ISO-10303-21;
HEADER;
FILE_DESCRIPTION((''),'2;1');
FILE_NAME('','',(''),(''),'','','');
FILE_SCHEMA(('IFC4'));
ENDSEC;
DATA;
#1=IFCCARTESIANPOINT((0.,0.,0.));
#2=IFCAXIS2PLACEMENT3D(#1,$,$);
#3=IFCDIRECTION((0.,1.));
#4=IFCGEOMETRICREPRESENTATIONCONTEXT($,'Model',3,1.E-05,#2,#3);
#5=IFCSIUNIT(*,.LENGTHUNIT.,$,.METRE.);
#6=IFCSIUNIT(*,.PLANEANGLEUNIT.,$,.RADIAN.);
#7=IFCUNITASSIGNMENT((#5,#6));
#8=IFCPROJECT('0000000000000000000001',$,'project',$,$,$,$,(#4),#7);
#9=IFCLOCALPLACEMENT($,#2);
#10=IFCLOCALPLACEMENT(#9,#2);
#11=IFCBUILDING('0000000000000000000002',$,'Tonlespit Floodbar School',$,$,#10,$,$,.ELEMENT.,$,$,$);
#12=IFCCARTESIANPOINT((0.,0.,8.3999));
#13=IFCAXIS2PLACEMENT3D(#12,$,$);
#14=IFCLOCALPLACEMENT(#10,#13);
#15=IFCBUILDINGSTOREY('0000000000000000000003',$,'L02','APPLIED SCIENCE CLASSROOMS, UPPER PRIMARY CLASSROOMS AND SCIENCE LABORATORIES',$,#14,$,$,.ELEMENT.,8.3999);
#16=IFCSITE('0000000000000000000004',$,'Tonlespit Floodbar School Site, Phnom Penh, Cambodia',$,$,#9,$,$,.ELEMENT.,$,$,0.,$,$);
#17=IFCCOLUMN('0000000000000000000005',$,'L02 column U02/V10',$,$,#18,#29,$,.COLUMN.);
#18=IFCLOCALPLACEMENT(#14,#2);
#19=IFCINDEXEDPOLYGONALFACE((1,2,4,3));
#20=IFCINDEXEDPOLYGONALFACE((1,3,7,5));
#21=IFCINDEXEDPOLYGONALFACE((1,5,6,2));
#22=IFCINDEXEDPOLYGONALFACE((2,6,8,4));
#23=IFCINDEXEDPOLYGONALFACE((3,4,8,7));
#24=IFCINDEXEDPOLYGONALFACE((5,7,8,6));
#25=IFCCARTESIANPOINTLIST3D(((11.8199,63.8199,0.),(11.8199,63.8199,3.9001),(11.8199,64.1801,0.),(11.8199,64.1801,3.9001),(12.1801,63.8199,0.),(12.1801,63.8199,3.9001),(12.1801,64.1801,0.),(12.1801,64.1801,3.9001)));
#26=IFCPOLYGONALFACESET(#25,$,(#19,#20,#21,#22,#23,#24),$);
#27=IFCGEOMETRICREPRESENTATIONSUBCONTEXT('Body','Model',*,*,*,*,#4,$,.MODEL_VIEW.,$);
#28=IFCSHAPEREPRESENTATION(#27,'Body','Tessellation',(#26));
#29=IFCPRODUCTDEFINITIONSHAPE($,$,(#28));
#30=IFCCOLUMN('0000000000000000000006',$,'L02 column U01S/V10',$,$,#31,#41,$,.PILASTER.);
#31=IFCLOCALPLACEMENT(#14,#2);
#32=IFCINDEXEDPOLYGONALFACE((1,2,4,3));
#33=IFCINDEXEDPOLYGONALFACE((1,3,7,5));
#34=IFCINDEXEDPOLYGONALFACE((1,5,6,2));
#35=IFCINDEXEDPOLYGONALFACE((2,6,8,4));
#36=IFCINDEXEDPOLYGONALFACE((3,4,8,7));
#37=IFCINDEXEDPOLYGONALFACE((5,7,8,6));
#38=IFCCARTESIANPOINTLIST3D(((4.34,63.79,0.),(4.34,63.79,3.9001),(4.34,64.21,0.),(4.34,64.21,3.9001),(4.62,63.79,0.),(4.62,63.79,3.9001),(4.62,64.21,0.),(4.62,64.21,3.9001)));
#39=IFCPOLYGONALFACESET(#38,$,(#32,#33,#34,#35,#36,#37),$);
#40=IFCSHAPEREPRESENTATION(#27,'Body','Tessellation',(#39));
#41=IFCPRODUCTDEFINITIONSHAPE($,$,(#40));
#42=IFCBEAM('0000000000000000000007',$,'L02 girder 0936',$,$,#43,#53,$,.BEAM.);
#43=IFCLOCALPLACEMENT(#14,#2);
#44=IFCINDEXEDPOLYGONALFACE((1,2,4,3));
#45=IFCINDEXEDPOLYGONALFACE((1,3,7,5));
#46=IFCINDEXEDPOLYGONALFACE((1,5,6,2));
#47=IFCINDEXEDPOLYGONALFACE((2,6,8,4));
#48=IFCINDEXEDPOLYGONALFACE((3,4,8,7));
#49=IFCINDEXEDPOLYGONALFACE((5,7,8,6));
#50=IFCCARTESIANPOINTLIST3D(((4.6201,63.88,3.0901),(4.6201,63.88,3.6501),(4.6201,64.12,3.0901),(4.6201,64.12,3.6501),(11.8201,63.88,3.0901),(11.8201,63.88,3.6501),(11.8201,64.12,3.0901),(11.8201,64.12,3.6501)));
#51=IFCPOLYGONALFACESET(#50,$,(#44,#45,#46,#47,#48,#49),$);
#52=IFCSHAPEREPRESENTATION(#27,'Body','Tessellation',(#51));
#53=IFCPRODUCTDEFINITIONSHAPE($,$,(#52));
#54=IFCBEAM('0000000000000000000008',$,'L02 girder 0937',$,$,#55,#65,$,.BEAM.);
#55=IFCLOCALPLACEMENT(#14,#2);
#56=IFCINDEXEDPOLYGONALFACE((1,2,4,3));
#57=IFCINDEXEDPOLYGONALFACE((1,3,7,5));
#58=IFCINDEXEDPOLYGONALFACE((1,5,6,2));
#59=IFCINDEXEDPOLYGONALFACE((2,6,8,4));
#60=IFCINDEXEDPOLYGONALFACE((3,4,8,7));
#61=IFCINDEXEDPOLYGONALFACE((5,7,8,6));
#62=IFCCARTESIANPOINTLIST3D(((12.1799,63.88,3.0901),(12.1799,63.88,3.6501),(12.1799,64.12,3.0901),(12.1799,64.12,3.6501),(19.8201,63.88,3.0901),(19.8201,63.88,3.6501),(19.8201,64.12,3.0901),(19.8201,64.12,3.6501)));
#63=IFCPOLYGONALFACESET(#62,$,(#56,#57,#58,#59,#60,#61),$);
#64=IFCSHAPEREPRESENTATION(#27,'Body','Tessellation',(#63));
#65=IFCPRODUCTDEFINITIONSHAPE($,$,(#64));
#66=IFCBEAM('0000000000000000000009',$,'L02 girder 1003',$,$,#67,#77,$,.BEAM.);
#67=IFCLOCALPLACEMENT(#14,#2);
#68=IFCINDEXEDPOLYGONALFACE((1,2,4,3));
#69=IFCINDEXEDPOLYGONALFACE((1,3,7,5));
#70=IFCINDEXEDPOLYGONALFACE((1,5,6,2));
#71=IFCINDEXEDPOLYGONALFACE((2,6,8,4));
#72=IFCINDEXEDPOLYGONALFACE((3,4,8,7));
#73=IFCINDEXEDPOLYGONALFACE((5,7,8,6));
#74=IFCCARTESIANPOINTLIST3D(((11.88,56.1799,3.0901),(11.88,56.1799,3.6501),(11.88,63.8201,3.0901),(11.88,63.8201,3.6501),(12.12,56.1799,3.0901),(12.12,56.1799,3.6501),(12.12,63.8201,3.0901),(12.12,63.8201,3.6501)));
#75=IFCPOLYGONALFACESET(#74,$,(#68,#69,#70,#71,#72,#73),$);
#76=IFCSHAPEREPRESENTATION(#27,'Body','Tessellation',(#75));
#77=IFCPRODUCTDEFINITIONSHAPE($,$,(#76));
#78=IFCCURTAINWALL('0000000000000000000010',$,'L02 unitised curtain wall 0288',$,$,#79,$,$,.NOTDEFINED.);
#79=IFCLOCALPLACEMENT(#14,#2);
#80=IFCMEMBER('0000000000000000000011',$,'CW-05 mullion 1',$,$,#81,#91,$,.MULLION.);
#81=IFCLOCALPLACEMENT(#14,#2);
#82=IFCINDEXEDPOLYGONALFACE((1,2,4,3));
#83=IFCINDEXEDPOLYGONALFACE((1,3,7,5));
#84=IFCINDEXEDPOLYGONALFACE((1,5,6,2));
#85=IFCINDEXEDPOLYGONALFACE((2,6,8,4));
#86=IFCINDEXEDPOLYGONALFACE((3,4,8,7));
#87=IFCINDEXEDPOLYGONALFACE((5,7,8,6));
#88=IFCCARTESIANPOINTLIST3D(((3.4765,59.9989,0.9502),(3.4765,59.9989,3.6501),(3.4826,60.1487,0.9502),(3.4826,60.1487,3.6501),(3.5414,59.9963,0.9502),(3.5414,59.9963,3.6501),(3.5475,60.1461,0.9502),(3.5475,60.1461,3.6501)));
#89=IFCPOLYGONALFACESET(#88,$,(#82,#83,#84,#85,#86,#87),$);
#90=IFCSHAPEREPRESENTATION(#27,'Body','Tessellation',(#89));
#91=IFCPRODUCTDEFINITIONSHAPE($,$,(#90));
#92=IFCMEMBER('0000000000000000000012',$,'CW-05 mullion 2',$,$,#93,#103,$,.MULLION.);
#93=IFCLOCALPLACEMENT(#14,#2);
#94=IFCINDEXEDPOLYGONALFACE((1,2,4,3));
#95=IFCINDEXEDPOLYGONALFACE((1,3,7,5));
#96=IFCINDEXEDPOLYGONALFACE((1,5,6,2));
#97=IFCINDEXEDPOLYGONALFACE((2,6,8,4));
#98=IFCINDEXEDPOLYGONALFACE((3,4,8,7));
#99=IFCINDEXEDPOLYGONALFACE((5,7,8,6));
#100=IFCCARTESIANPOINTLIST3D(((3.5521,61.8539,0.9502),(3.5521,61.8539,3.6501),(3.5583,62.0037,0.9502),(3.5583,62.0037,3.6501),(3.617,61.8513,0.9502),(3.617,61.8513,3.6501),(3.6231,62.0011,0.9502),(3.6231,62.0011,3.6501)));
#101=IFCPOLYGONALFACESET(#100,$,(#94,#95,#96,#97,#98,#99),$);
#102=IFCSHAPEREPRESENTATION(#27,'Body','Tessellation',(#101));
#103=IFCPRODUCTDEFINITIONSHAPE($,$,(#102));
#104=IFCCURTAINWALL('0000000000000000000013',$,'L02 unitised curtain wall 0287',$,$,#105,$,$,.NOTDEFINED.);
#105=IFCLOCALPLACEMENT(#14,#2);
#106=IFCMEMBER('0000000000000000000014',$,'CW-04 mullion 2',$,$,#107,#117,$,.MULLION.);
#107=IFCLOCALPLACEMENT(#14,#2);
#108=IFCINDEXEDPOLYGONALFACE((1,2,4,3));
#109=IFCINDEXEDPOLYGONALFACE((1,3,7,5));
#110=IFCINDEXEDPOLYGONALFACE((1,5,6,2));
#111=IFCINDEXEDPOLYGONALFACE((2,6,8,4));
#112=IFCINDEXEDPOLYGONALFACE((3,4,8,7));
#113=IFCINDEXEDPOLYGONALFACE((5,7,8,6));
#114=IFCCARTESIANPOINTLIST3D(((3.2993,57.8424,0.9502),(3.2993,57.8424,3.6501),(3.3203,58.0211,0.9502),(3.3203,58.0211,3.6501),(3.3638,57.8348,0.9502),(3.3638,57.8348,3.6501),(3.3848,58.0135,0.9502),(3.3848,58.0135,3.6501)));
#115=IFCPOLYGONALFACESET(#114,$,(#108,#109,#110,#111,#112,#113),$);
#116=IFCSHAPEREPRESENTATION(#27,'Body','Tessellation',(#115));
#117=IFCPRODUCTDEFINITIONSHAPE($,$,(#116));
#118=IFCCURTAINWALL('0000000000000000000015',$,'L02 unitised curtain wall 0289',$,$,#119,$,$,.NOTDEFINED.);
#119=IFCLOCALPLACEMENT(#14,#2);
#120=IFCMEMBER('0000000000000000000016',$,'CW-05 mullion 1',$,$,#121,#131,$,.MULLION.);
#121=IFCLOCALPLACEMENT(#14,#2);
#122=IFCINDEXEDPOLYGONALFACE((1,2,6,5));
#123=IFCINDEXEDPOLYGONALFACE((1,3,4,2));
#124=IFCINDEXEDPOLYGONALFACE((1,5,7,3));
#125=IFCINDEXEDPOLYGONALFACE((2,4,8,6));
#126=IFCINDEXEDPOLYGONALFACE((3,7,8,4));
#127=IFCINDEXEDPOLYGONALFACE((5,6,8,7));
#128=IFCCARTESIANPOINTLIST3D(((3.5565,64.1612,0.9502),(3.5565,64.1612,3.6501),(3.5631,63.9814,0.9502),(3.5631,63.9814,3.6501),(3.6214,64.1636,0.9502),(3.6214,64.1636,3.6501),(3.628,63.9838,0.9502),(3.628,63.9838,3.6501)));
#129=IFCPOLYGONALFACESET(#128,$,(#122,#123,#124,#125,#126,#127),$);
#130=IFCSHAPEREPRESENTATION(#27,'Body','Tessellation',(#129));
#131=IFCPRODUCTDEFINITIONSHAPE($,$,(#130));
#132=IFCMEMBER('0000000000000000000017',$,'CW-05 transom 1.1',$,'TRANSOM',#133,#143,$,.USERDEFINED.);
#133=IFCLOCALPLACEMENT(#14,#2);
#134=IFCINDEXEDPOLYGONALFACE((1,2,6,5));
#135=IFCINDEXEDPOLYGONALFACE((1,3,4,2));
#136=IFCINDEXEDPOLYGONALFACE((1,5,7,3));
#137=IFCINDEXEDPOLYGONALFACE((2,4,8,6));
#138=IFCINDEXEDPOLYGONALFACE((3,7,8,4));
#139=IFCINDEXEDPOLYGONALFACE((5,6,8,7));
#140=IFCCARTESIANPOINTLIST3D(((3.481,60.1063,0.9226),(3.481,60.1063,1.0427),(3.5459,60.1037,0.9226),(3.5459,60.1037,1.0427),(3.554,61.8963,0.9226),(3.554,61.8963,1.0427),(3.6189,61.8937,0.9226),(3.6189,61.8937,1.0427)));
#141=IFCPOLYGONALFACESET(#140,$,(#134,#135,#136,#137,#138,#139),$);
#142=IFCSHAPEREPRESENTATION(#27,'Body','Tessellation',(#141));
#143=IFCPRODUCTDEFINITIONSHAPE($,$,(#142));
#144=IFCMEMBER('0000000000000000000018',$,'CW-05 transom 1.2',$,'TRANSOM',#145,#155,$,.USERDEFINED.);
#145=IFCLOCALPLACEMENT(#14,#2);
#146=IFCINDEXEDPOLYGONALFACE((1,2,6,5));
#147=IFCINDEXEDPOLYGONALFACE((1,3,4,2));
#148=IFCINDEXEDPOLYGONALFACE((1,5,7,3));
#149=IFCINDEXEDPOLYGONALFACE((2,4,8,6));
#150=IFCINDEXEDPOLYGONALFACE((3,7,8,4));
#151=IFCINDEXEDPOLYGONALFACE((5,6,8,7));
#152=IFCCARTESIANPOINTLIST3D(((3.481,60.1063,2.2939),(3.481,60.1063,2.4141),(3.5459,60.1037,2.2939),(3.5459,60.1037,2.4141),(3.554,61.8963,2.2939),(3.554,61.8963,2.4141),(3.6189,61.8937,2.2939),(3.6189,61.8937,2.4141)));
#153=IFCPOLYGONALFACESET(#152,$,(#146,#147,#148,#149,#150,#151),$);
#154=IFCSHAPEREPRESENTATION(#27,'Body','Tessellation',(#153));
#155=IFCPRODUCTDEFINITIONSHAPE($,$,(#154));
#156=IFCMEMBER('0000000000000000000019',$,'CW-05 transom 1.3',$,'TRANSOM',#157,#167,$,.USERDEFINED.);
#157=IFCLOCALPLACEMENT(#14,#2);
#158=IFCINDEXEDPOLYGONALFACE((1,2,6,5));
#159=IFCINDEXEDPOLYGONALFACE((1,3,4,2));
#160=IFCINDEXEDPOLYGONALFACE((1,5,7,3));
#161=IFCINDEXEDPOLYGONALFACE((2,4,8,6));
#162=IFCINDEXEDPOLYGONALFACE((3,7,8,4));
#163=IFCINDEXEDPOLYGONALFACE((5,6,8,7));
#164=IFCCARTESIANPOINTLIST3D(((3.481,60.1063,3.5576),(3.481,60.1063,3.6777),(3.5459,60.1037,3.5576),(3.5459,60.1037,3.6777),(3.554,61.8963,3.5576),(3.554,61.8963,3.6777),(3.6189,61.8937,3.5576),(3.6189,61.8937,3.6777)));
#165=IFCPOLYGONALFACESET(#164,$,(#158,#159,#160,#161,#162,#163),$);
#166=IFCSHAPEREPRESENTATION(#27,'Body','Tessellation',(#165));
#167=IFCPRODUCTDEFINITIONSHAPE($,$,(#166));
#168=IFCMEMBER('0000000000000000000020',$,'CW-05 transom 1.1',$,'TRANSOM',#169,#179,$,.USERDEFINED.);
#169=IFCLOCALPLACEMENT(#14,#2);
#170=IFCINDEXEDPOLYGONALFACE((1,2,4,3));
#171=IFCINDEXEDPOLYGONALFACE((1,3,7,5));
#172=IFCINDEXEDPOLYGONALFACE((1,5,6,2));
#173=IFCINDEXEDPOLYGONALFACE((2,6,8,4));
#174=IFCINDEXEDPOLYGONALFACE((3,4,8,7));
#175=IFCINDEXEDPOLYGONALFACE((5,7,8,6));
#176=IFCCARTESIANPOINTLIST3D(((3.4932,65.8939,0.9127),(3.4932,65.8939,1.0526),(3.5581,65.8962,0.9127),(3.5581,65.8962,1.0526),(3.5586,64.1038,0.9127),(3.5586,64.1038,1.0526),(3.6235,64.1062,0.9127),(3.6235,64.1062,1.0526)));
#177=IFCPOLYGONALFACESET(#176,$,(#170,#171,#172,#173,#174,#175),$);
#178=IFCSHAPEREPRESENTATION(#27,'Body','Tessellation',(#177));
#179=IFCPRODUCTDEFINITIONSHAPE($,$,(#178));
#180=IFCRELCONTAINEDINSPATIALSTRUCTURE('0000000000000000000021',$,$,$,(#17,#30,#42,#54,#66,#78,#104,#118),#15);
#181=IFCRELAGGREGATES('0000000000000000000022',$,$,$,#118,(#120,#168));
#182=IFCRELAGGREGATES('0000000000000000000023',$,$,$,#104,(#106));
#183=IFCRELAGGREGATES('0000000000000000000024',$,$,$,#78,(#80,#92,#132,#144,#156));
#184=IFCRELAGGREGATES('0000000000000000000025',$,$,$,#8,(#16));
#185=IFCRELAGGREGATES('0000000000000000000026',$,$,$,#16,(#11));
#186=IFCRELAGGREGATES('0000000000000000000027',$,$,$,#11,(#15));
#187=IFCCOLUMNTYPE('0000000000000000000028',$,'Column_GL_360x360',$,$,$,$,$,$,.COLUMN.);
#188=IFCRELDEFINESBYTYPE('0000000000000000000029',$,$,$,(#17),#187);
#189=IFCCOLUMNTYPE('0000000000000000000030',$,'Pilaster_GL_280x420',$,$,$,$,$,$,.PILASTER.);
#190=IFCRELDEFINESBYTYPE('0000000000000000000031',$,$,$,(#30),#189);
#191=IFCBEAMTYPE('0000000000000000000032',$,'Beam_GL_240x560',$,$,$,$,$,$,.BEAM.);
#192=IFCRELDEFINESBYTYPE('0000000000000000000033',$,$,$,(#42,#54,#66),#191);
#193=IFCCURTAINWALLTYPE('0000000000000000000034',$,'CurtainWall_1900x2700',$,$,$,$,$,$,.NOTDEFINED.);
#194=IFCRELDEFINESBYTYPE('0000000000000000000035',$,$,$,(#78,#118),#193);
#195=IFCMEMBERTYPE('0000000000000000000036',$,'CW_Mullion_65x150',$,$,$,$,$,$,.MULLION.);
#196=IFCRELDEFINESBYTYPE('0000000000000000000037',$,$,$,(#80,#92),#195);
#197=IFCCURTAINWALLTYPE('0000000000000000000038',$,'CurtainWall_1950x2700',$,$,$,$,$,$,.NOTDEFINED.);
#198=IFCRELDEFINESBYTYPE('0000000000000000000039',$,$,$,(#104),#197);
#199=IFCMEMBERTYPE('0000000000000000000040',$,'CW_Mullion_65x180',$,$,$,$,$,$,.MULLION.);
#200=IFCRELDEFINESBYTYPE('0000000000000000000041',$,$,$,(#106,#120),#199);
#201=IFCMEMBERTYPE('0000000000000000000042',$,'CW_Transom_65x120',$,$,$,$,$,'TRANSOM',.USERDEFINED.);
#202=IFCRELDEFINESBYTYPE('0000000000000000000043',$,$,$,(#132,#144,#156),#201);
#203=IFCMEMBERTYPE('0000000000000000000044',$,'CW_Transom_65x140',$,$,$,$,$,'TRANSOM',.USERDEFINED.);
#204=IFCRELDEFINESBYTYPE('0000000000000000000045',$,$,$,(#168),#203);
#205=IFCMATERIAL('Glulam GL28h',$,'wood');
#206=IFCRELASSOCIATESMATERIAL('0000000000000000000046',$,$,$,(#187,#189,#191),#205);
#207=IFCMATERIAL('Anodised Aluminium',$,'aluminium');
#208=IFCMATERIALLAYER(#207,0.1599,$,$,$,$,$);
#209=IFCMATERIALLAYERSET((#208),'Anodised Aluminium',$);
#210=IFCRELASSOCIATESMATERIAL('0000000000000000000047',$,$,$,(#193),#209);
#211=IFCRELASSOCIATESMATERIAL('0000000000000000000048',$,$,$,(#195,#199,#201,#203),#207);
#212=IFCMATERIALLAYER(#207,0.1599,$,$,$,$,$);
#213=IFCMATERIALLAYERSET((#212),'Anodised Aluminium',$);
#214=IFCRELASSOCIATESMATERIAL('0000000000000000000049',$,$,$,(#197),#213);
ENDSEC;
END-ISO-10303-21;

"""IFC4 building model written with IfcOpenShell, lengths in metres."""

from ifc_helpers import new_model, si_unit, direction, frame, origin, origin_2d, place, context, subcontext, project, spatial, rectangle, extrude, material, layer, layer_set, material_profile, profile_set, type_object, element, aggregate, save


model = new_model("IFC4")

# Units and contexts
model_context = context("Model", 3, precision=1e-05, world=origin(), true_north=direction((0.0, 1.0)))
body_context = subcontext(model_context, "Body", "Model", "MODEL_VIEW")
ifc_project = project(units=[si_unit("LENGTHUNIT", "METRE"), si_unit("PLANEANGLEUNIT", "RADIAN")], contexts=[model_context])

# Site, building, storey
site_placement = place(None, origin())
site = spatial("IfcSite", under=ifc_project, at=site_placement, Name="Tonlespit Floodbar School Site, Phnom Penh, Cambodia", CompositionType="ELEMENT", RefElevation=0.0)
building_placement = place(site_placement, origin())
building = spatial("IfcBuilding", under=site, at=building_placement, Name="Tonlespit Floodbar School", CompositionType="ELEMENT")
storey_placement = place(building_placement, frame((0.0, 0.0, 8.3999)))
storey = spatial("IfcBuildingStorey", under=building, at=storey_placement, Name="L02", Description="APPLIED SCIENCE CLASSROOMS, UPPER PRIMARY CLASSROOMS AND SCIENCE LABORATORIES", CompositionType="ELEMENT", Elevation=8.3999)

# Columns
ifc_material_1 = material(Name="Glulam GL28h", Category="wood")
ifc_material_profile_1 = material_profile(ifc_material_1, rectangle(XDim=0.3601, YDim=0.3601, at=origin_2d()), Name="GL 360x360")
ifc_profile_set_1 = profile_set([ifc_material_profile_1], Name="Glulam GL28h")
column_type_1 = type_object("IfcColumnType", Name="Column_GL_360x360", PredefinedType="COLUMN", material=ifc_profile_set_1)
column_1_placement = place(storey_placement, frame((12.0, 64.0, 0.0), z_axis=(0.0, 0.0, 1.0), x_axis=(1.0, 0.0, 0.0)))
element("IfcColumn", 1, at=column_1_placement, inside=storey, type_object=column_type_1, Name="L02 column U02/V10", PredefinedType="COLUMN", context=body_context, shape_type="SweptSolid", body=[
    extrude(rectangle(XDim=0.3601, YDim=0.3601, at=origin_2d()), origin(), (0.0, 0.0, 1.0), 3.9001),
])
ifc_material_profile_2 = material_profile(ifc_material_1, rectangle(XDim=0.28, YDim=0.4199, at=origin_2d()), Name="GL 280x420")
ifc_profile_set_2 = profile_set([ifc_material_profile_2], Name="Glulam GL28h")
column_type_2 = type_object("IfcColumnType", Name="Pilaster_GL_280x420", PredefinedType="PILASTER", material=ifc_profile_set_2)
column_2_placement = place(storey_placement, frame((4.48, 64.0, 0.0), z_axis=(0.0, 0.0, 1.0), x_axis=(1.0, 0.0, 0.0)))
element("IfcColumn", 2, at=column_2_placement, inside=storey, type_object=column_type_2, Name="L02 column U01S/V10", PredefinedType="PILASTER", context=body_context, shape_type="SweptSolid", body=[
    extrude(rectangle(XDim=0.28, YDim=0.4199, at=origin_2d()), origin(), (0.0, 0.0, 1.0), 3.9001),
])

# Beams
ifc_material_profile_3 = material_profile(ifc_material_1, rectangle(XDim=0.24, YDim=0.5601, at=origin_2d()), Name="GL 240x560")
ifc_profile_set_3 = profile_set([ifc_material_profile_3], Name="Glulam GL28h")
beam_type_1 = type_object("IfcBeamType", Name="Beam_GL_240x560", PredefinedType="BEAM", material=ifc_profile_set_3)
beam_1_placement = place(storey_placement, frame((4.6201, 64.0, 3.3701), z_axis=(1.0, 0.0, 0.0), x_axis=(0.0, 1.0, 0.0)))
element("IfcBeam", 3, at=beam_1_placement, inside=storey, type_object=beam_type_1, Name="L02 girder 0936", PredefinedType="BEAM", context=body_context, shape_type="SweptSolid", body=[
    extrude(rectangle(XDim=0.24, YDim=0.5601, at=origin_2d()), origin(), (0.0, 0.0, 1.0), 7.2),
])
for number, where, z_axis, x_axis, name in (
    (4, (12.1799, 64.0, 3.3701), (1.0, 0.0, 0.0), (0.0, 1.0, 0.0), "L02 girder 0937"),
    (5, (12.0, 56.1799, 3.3701), (0.0, 1.0, 0.0), (-1.0, 0.0, 0.0), "L02 girder 1003"),
):
    element("IfcBeam", number, at=place(storey_placement, frame(where, z_axis=z_axis, x_axis=x_axis)), inside=storey, type_object=beam_type_1, Name=name, PredefinedType="BEAM", context=body_context, shape_type="SweptSolid", body=[
        extrude(rectangle(XDim=0.24, YDim=0.5601, at=origin_2d()), origin(), (0.0, 0.0, 1.0), 7.6401),
    ])

# Curtain wall, members
ifc_material_2 = material(Name="Anodised Aluminium", Category="aluminium")
ifc_layer_1 = layer(ifc_material_2, 0.1599)
ifc_layer_set_1 = layer_set([ifc_layer_1], Name="Anodised Aluminium")
curtain_wall_type_1 = type_object("IfcCurtainWallType", Name="CurtainWall_1900x2700", PredefinedType="NOTDEFINED", material=ifc_layer_set_1)
curtain_wall_1_placement = place(storey_placement, origin())
curtain_wall_1 = element("IfcCurtainWall", 6, at=curtain_wall_1_placement, inside=storey, type_object=curtain_wall_type_1, Name="L02 unitised curtain wall 0288", PredefinedType="NOTDEFINED")
ifc_material_profile_4 = material_profile(ifc_material_2, rectangle(XDim=0.0649, YDim=0.1499, at=origin_2d()), Name="ALU M65x150")
ifc_profile_set_4 = profile_set([ifc_material_profile_4], Name="Anodised Aluminium")
member_type_1 = type_object("IfcMemberType", Name="CW_Mullion_65x150", PredefinedType="MULLION", material=ifc_profile_set_4)
member_1_placement = place(storey_placement, frame((3.512, 60.0725, 0.9502), z_axis=(0.0, 0.0, 1.0), x_axis=(-0.999169, 0.040747, 0.0)))
member_1 = element("IfcMember", 7, at=member_1_placement, type_object=member_type_1, Name="CW-05 mullion 1", PredefinedType="MULLION", context=body_context, shape_type="SweptSolid", body=[
    extrude(rectangle(XDim=0.0649, YDim=0.1499, at=origin_2d()), origin(), (0.0, 0.0, 1.0), 2.7),
])
member_2_placement = place(storey_placement, frame((3.5876, 61.9275, 0.9502), z_axis=(0.0, 0.0, 1.0), x_axis=(-0.999169, 0.040747, 0.0)))
member_2 = element("IfcMember", 8, at=member_2_placement, type_object=member_type_1, Name="CW-05 mullion 2", PredefinedType="MULLION", context=body_context, shape_type="SweptSolid", body=[
    extrude(rectangle(XDim=0.0649, YDim=0.1499, at=origin_2d()), origin(), (0.0, 0.0, 1.0), 2.7),
])

# Curtain walls, members
ifc_layer_2 = layer(ifc_material_2, 0.1599)
ifc_layer_set_2 = layer_set([ifc_layer_2], Name="Anodised Aluminium")
curtain_wall_type_2 = type_object("IfcCurtainWallType", Name="CurtainWall_1950x2700", PredefinedType="NOTDEFINED", material=ifc_layer_set_2)
curtain_wall_2_placement = place(storey_placement, origin())
curtain_wall_2 = element("IfcCurtainWall", 9, at=curtain_wall_2_placement, inside=storey, type_object=curtain_wall_type_2, Name="L02 unitised curtain wall 0287", PredefinedType="NOTDEFINED")
ifc_material_profile_5 = material_profile(ifc_material_2, rectangle(XDim=0.0649, YDim=0.1799, at=origin_2d()), Name="ALU M65x180")
ifc_profile_set_5 = profile_set([ifc_material_profile_5], Name="Anodised Aluminium")
member_type_2 = type_object("IfcMemberType", Name="CW_Mullion_65x180", PredefinedType="MULLION", material=ifc_profile_set_5)
member_3_placement = place(storey_placement, frame((3.342, 57.928, 0.9502), z_axis=(0.0, 0.0, 1.0), x_axis=(-0.993136, 0.116967, 0.0)))
member_3 = element("IfcMember", 10, at=member_3_placement, type_object=member_type_2, Name="CW-04 mullion 2", PredefinedType="MULLION", context=body_context, shape_type="SweptSolid", body=[
    extrude(rectangle(XDim=0.0649, YDim=0.1799, at=origin_2d()), origin(), (0.0, 0.0, 1.0), 2.7),
])
curtain_wall_3_placement = place(storey_placement, origin())
curtain_wall_3 = element("IfcCurtainWall", 11, at=curtain_wall_3_placement, inside=storey, type_object=curtain_wall_type_1, Name="L02 unitised curtain wall 0289", PredefinedType="NOTDEFINED")
member_4_placement = place(storey_placement, frame((3.5923, 64.0725, 0.9502), z_axis=(0.0, 0.0, 1.0), x_axis=(-0.999332, -0.036538, 0.0)))
member_4 = element("IfcMember", 12, at=member_4_placement, type_object=member_type_2, Name="CW-05 mullion 1", PredefinedType="MULLION", context=body_context, shape_type="SweptSolid", body=[
    extrude(rectangle(XDim=0.0649, YDim=0.1799, at=origin_2d()), origin(), (0.0, 0.0, 1.0), 2.7),
])

# Members
ifc_material_profile_6 = material_profile(ifc_material_2, rectangle(XDim=0.0649, YDim=0.1201, at=origin_2d()), Name="ALU T65x120")
ifc_profile_set_6 = profile_set([ifc_material_profile_6], Name="Anodised Aluminium")
member_type_3 = type_object("IfcMemberType", Name="CW_Transom_65x120", ElementType="TRANSOM", PredefinedType="USERDEFINED", material=ifc_profile_set_6)
member_5_placement = place(storey_placement, frame((3.5134, 60.105, 0.9827), z_axis=(0.040746, 0.99917, 0.0), x_axis=(-0.99917, 0.040746, 0.0)))
member_5 = element("IfcMember", 13, at=member_5_placement, type_object=member_type_3, Name="CW-05 transom 1.1", ObjectType="TRANSOM", PredefinedType="USERDEFINED", context=body_context, shape_type="SweptSolid", body=[
    extrude(rectangle(XDim=0.0649, YDim=0.1201, at=origin_2d()), origin(), (0.0, 0.0, 1.0), 1.7915),
])
member_6_placement = place(storey_placement, frame((3.5134, 60.105, 2.354), z_axis=(0.040746, 0.99917, 0.0), x_axis=(-0.99917, 0.040746, 0.0)))
member_6 = element("IfcMember", 14, at=member_6_placement, type_object=member_type_3, Name="CW-05 transom 1.2", ObjectType="TRANSOM", PredefinedType="USERDEFINED", context=body_context, shape_type="SweptSolid", body=[
    extrude(rectangle(XDim=0.0649, YDim=0.1201, at=origin_2d()), origin(), (0.0, 0.0, 1.0), 1.7915),
])
member_7_placement = place(storey_placement, frame((3.5134, 60.105, 3.6177), z_axis=(0.040746, 0.99917, 0.0), x_axis=(-0.99917, 0.040746, 0.0)))
member_7 = element("IfcMember", 15, at=member_7_placement, type_object=member_type_3, Name="CW-05 transom 1.3", ObjectType="TRANSOM", PredefinedType="USERDEFINED", context=body_context, shape_type="SweptSolid", body=[
    extrude(rectangle(XDim=0.0649, YDim=0.1201, at=origin_2d()), origin(), (0.0, 0.0, 1.0), 1.7915),
])
ifc_material_profile_7 = material_profile(ifc_material_2, rectangle(XDim=0.0649, YDim=0.1399, at=origin_2d()), Name="ALU T65x140")
ifc_profile_set_7 = profile_set([ifc_material_profile_7], Name="Anodised Aluminium")
member_type_4 = type_object("IfcMemberType", Name="CW_Transom_65x140", ElementType="TRANSOM", PredefinedType="USERDEFINED", material=ifc_profile_set_7)
member_8_placement = place(storey_placement, frame((3.5911, 64.105, 0.9827), z_axis=(-0.036528, 0.999333, 0.0), x_axis=(-0.999333, -0.036528, 0.0)))
member_8 = element("IfcMember", 16, at=member_8_placement, type_object=member_type_4, Name="CW-05 transom 1.1", ObjectType="TRANSOM", PredefinedType="USERDEFINED", context=body_context, shape_type="SweptSolid", body=[
    extrude(rectangle(XDim=0.0649, YDim=0.1399, at=origin_2d()), origin(), (0.0, 0.0, 1.0), 1.7913),
])
aggregate(curtain_wall_3, [member_4, member_8])

aggregate(curtain_wall_2, [member_3])
aggregate(curtain_wall_1, [member_1, member_2, member_5, member_6, member_7])

save(model, "model.ifc")
